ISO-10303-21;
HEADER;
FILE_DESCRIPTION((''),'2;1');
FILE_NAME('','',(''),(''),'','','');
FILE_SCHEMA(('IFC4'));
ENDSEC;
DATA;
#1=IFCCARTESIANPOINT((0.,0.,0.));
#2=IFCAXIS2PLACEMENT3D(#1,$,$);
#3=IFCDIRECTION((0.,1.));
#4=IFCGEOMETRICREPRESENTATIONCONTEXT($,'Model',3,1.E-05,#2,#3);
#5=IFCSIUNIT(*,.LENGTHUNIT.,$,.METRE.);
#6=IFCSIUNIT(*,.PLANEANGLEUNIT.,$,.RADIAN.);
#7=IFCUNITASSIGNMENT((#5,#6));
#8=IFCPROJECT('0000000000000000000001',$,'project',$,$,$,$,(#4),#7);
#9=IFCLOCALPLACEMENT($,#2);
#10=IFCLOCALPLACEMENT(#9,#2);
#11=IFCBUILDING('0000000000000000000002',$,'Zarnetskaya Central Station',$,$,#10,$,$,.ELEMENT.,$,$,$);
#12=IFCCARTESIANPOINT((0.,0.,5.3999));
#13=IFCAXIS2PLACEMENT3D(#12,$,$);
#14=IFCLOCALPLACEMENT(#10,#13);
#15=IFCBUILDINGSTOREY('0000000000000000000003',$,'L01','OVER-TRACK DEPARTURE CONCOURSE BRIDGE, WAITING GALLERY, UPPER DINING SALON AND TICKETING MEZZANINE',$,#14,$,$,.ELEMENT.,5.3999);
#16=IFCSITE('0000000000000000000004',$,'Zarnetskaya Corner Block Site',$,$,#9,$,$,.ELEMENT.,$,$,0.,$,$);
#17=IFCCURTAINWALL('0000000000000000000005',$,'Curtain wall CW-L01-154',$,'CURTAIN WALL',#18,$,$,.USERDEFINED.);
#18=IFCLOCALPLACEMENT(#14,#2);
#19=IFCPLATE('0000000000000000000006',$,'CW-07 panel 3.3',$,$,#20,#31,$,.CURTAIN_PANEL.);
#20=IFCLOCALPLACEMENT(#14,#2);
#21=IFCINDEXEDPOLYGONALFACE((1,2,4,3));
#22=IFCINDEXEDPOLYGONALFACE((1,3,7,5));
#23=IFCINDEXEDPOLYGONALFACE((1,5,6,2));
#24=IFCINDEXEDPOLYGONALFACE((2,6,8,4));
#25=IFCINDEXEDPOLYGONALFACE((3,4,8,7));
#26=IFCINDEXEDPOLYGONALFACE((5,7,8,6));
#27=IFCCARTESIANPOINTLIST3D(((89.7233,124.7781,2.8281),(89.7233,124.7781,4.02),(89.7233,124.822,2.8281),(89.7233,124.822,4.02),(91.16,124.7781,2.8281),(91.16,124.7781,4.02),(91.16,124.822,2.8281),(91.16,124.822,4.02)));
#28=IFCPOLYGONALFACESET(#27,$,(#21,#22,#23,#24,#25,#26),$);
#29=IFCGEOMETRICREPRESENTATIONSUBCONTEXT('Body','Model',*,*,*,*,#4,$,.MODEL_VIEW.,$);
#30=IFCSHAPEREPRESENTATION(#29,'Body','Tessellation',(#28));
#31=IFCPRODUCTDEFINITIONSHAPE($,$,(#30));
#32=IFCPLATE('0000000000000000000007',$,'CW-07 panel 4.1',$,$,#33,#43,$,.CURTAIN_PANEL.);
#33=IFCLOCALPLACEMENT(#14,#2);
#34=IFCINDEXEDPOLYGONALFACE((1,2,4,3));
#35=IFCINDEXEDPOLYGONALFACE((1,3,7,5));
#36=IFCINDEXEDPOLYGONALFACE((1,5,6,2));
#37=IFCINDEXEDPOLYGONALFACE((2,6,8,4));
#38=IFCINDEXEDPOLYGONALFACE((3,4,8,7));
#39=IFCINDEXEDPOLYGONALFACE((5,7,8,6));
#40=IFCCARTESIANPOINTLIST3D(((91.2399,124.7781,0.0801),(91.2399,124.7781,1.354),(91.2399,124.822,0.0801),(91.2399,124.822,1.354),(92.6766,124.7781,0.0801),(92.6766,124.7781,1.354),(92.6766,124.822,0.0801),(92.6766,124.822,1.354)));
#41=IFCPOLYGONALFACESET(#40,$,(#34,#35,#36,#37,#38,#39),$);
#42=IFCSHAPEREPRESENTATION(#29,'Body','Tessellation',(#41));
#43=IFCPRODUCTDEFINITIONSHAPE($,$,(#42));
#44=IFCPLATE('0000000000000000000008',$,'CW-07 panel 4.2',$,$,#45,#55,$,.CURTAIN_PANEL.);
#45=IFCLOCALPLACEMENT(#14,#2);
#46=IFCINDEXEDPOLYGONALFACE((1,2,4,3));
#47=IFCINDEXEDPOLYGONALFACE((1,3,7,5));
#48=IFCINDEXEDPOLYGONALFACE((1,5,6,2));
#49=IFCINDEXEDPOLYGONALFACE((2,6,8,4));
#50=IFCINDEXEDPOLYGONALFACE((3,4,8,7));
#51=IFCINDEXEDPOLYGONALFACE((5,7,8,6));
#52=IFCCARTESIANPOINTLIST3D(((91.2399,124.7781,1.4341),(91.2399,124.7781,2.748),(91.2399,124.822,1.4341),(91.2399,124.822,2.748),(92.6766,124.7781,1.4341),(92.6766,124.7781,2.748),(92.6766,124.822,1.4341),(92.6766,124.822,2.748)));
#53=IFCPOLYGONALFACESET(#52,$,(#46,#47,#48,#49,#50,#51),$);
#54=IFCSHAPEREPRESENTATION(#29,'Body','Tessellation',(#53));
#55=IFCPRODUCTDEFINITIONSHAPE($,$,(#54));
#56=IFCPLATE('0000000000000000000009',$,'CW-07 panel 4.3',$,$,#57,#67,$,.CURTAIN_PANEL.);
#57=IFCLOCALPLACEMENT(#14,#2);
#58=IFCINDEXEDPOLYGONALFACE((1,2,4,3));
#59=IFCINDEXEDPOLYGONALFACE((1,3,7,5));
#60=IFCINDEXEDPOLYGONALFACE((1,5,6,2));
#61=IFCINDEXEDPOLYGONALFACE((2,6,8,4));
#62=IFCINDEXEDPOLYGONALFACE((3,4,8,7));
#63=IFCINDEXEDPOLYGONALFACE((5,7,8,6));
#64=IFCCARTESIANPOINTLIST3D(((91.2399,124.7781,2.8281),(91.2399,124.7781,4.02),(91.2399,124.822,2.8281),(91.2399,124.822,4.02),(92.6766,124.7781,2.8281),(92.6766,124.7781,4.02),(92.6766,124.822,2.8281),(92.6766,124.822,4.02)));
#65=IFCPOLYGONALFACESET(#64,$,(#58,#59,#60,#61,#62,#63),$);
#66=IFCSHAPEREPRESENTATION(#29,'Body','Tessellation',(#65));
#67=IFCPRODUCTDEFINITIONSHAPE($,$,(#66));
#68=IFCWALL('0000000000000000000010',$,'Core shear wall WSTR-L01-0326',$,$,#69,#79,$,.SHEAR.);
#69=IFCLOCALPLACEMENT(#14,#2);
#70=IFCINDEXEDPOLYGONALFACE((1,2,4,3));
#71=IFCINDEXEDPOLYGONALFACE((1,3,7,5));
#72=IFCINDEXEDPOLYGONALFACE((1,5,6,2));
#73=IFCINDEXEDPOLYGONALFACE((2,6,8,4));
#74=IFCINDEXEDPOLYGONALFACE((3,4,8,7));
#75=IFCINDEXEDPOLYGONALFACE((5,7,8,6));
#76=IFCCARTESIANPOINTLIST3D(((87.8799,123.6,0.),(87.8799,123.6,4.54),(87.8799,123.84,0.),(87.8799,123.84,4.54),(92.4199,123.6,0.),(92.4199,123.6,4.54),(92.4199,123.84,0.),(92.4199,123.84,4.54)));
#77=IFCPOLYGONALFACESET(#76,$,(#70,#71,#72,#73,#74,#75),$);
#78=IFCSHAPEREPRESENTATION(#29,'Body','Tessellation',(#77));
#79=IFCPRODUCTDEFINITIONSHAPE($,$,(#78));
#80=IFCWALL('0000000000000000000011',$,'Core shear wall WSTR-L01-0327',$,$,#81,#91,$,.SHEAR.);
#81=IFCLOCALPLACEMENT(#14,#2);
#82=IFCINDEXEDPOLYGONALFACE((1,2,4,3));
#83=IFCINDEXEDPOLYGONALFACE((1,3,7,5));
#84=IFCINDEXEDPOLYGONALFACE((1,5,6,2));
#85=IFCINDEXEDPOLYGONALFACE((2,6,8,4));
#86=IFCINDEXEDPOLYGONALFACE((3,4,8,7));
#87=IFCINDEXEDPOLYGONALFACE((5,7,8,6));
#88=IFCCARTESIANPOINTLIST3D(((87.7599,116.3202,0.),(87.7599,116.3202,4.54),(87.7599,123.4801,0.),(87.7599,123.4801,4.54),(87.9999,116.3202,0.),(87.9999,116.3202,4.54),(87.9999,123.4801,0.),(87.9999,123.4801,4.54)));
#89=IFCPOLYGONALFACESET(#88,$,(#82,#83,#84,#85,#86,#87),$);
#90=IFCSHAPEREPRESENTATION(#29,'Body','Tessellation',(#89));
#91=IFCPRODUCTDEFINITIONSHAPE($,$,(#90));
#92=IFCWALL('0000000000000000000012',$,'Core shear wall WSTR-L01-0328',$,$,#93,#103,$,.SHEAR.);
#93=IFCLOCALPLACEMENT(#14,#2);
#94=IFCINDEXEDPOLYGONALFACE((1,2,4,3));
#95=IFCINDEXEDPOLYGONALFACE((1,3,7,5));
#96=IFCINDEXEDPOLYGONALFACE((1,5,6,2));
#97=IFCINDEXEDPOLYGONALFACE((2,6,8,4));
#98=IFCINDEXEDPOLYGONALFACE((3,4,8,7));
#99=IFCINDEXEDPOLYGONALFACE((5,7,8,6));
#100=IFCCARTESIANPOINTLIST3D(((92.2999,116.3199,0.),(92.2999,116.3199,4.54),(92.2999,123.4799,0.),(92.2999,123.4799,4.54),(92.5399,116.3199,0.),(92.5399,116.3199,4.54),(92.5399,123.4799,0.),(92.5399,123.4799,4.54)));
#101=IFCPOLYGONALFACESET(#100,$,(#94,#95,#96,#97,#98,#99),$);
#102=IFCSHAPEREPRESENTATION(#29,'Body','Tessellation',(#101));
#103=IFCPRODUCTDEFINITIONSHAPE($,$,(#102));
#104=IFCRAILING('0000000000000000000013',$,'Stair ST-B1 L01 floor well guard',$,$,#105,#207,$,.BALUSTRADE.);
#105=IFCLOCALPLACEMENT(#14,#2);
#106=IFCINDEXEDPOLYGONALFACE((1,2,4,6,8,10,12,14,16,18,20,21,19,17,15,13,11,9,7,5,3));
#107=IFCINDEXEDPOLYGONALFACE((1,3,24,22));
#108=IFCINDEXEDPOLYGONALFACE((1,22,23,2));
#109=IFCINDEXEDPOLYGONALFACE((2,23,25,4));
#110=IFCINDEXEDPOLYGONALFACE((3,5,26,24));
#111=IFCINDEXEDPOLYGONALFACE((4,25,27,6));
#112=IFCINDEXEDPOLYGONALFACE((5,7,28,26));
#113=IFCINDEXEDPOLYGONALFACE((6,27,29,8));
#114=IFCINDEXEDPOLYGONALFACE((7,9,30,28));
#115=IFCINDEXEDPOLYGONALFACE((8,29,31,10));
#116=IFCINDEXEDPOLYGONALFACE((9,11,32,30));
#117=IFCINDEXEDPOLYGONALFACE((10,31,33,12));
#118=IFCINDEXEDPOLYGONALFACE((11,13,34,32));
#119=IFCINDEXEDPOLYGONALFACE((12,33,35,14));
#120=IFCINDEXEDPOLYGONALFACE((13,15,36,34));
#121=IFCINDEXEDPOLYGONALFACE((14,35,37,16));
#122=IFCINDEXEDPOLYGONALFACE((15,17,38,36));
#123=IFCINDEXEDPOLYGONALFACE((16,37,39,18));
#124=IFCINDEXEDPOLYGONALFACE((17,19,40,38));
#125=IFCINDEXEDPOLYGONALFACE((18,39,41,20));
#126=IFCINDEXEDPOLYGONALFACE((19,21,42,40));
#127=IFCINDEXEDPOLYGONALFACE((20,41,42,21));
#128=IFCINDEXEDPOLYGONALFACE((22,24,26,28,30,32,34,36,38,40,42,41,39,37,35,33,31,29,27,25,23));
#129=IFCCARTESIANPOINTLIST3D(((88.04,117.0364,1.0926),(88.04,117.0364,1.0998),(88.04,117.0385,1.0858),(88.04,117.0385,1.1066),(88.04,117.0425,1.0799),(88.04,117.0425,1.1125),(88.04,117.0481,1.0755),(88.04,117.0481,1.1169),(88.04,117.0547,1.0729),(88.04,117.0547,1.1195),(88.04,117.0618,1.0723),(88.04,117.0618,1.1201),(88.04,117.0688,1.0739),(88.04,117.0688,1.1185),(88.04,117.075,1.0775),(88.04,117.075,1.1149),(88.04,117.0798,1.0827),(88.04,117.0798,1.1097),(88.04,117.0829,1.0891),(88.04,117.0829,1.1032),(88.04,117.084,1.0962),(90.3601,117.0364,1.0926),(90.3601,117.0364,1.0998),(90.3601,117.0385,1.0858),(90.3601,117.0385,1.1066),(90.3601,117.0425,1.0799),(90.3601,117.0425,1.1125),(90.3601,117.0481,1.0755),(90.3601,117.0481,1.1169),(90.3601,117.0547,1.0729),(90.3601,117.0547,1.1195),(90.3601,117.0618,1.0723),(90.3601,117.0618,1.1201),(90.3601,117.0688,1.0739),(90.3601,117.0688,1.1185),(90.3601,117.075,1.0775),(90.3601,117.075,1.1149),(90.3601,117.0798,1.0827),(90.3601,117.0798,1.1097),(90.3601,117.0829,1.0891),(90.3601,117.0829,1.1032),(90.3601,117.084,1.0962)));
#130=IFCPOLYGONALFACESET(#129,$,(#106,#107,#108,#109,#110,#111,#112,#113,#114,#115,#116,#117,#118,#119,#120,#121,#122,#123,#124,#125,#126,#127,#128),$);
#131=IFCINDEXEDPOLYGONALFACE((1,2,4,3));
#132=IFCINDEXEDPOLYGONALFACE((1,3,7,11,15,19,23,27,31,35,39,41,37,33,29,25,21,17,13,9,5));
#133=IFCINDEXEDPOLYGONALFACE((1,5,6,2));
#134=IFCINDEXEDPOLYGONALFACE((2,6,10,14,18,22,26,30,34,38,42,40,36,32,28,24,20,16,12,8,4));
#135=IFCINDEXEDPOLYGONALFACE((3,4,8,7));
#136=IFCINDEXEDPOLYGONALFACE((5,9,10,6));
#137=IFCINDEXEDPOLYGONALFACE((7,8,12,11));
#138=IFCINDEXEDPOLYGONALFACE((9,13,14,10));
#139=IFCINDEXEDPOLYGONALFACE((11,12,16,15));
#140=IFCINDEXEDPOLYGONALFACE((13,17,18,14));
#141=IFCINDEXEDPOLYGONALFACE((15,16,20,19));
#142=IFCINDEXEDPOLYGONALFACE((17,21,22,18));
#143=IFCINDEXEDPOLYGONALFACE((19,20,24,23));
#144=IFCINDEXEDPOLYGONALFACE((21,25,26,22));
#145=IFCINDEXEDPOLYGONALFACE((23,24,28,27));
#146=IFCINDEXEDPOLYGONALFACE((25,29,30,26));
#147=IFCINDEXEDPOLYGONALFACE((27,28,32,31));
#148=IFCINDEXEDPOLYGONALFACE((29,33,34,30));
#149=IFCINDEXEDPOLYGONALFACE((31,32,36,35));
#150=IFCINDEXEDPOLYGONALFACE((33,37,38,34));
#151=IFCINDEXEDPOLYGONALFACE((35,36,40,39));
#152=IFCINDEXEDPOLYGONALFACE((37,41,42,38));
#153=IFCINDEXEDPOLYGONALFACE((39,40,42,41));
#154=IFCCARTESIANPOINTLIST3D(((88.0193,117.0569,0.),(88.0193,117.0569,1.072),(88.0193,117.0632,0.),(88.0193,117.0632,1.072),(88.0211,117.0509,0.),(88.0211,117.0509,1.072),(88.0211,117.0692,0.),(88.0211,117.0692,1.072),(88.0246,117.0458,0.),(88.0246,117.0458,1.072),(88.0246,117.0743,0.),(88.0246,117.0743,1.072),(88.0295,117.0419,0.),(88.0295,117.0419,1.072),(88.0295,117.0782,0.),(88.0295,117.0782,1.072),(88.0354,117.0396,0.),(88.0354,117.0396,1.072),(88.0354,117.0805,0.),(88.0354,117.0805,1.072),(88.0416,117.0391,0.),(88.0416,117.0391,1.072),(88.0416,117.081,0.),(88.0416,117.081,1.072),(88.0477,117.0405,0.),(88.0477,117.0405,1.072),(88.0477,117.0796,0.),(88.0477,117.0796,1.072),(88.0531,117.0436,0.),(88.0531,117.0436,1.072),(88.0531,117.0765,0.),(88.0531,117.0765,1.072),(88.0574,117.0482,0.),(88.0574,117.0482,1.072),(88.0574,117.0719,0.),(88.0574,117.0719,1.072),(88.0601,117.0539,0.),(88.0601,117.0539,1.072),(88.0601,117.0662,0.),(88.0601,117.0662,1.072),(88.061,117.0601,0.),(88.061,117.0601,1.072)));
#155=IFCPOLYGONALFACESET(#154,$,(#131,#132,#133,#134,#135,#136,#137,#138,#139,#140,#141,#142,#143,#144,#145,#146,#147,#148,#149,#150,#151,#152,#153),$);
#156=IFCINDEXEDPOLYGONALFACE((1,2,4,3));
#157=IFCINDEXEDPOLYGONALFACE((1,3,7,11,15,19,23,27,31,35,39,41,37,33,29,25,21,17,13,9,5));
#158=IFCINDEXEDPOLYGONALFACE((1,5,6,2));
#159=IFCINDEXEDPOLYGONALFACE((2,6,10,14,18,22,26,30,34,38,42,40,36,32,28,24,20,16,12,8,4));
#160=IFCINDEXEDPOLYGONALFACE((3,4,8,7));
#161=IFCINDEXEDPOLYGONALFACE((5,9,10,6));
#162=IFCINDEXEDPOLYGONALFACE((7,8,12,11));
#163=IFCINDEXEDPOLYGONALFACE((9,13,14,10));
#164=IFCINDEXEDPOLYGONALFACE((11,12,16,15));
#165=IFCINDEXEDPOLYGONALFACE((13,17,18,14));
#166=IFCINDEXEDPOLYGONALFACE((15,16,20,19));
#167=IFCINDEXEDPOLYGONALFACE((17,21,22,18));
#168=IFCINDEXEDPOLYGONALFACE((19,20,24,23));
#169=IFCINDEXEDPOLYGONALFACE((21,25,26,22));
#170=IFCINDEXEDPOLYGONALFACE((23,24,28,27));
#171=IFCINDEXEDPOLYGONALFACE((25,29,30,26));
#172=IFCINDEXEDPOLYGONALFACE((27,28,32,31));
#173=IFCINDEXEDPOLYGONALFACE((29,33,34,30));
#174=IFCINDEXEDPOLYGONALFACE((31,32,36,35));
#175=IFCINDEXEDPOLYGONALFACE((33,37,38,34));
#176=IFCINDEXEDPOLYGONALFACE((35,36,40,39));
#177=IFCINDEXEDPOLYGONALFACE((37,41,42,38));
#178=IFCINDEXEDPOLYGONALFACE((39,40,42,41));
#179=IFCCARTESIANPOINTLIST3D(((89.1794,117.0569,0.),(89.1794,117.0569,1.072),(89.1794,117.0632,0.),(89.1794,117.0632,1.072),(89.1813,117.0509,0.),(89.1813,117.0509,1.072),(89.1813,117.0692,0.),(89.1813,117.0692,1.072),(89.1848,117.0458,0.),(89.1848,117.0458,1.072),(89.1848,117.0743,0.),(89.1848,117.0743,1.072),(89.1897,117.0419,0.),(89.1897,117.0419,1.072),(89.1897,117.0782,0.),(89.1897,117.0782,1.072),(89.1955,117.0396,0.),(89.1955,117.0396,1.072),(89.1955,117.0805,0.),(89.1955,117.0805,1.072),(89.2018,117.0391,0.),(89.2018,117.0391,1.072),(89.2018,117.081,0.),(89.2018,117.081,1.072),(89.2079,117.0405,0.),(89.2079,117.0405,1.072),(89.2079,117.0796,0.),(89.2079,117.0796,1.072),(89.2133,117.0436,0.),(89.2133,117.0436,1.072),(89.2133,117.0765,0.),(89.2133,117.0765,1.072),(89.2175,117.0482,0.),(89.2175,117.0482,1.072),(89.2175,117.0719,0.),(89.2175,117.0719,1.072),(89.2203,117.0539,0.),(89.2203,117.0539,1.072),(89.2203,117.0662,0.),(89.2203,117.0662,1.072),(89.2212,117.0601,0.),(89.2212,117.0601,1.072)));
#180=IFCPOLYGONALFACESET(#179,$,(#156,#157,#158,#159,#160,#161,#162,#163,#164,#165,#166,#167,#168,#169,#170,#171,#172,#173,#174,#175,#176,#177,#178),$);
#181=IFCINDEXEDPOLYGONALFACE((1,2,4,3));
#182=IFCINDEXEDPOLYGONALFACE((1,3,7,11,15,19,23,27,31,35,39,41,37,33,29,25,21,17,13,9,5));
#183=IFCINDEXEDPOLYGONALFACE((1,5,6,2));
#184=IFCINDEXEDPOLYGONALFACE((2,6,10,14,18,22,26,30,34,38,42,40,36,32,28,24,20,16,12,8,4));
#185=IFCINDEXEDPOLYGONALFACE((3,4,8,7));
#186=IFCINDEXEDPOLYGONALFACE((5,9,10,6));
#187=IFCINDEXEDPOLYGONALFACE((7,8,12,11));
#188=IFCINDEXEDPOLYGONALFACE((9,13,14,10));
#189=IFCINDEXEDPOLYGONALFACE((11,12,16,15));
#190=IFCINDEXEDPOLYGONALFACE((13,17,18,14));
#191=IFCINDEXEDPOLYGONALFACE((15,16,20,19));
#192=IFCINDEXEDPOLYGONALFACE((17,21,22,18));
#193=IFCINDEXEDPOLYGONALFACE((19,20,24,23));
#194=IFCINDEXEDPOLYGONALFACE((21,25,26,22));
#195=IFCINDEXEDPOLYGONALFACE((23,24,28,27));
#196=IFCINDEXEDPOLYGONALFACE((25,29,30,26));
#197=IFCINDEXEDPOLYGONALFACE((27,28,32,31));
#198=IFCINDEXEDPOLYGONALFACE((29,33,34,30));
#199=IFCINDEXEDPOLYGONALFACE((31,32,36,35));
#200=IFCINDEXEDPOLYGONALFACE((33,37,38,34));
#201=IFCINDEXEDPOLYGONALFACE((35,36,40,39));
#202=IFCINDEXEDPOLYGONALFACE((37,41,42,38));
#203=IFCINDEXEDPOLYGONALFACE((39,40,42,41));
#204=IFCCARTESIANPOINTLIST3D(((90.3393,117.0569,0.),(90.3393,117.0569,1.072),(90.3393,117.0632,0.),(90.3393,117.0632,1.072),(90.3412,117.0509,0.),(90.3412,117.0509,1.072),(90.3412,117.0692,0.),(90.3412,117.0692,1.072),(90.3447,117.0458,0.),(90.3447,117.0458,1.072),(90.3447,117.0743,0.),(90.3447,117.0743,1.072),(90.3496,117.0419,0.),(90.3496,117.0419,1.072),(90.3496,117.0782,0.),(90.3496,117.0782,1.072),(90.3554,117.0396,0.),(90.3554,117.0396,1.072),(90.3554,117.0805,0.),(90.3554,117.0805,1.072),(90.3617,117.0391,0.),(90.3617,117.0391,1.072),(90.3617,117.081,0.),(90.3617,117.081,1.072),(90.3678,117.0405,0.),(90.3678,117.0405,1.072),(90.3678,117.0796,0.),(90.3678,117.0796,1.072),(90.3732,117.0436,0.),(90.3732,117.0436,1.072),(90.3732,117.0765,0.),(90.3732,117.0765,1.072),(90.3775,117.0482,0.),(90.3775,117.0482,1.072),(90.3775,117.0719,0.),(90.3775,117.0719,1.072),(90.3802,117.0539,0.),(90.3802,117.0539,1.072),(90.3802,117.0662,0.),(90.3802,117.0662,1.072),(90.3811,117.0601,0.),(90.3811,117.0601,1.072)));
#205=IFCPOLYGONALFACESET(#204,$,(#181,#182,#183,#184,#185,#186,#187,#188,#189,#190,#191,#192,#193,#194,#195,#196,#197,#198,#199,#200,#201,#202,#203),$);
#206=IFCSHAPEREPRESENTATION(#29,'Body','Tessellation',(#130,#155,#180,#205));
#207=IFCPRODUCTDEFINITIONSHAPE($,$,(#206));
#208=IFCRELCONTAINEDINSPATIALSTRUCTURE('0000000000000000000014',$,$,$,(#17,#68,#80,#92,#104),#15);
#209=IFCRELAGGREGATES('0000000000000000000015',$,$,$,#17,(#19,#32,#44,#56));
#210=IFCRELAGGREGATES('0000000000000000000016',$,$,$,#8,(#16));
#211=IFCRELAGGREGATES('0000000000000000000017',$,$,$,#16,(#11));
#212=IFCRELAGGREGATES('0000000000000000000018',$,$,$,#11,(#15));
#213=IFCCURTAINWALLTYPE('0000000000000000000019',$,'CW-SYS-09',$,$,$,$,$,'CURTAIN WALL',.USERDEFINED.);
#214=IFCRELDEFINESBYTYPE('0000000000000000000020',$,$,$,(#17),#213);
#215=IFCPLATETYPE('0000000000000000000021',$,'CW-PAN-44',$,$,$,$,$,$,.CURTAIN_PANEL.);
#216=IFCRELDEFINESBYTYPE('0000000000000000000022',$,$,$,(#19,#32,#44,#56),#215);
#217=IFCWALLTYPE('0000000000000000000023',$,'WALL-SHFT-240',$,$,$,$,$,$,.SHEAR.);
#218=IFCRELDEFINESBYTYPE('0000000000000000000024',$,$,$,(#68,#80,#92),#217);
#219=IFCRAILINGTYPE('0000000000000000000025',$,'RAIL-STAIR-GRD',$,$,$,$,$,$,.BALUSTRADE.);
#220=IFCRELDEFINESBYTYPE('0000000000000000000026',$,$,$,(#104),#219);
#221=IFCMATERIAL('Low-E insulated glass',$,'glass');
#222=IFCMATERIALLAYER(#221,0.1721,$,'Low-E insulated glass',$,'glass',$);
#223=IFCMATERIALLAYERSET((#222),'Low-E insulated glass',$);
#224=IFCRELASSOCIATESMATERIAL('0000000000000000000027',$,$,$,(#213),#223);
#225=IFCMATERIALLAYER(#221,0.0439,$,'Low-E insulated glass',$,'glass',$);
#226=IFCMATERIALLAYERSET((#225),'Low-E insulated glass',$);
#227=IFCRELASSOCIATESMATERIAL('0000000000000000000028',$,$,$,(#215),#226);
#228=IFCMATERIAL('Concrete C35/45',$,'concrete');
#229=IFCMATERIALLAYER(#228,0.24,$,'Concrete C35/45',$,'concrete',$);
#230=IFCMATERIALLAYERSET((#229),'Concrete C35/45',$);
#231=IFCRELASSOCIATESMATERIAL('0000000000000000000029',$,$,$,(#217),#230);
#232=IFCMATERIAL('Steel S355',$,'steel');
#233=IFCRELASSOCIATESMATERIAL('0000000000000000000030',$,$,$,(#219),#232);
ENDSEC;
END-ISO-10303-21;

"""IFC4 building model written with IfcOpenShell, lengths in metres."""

from ifc_helpers import new_model, si_unit, direction, frame, frame_2d, origin, origin_2d, place, context, subcontext, project, spatial, rectangle, circle, extrude, material, layer, layer_set, type_object, element, aggregate, save


model = new_model("IFC4")

# Units and contexts
model_context = context("Model", 3, precision=1e-05, world=origin(), true_north=direction((0.0, 1.0)))
body_context = subcontext(model_context, "Body", "Model", "MODEL_VIEW")
ifc_project = project(units=[si_unit("LENGTHUNIT", "METRE"), si_unit("PLANEANGLEUNIT", "RADIAN")], contexts=[model_context])

# Site, building, storey
site_placement = place(None, origin())
site = spatial("IfcSite", under=ifc_project, at=site_placement, Name="Zarnetskaya Corner Block Site", CompositionType="ELEMENT", RefElevation=0.0)
building_placement = place(site_placement, origin())
building = spatial("IfcBuilding", under=site, at=building_placement, Name="Zarnetskaya Central Station", CompositionType="ELEMENT")
storey_placement = place(building_placement, frame((0.0, 0.0, 5.3999)))
storey = spatial("IfcBuildingStorey", under=building, at=storey_placement, Name="L01", Description="OVER-TRACK DEPARTURE CONCOURSE BRIDGE, WAITING GALLERY, UPPER DINING SALON AND TICKETING MEZZANINE", CompositionType="ELEMENT", Elevation=5.3999)

# Shared definitions
ifc_material_1 = material(Name="Steel S355", Category="steel")

# Curtain wall
ifc_material_2 = material(Name="Low-E insulated glass", Category="glass")
ifc_layer_1 = layer(ifc_material_2, 0.1721, Name="Low-E insulated glass", Category="glass")
ifc_layer_set_1 = layer_set([ifc_layer_1], Name="Low-E insulated glass")
curtain_wall_type = type_object("IfcCurtainWallType", Name="CW-SYS-09", ElementType="CURTAIN WALL", PredefinedType="USERDEFINED", material=ifc_layer_set_1)
curtain_wall_placement = place(storey_placement, origin())
curtain_wall = element("IfcCurtainWall", 1, at=curtain_wall_placement, inside=storey, type_object=curtain_wall_type, Name="Curtain wall CW-L01-154", ObjectType="CURTAIN WALL", PredefinedType="USERDEFINED")

# Plates
ifc_layer_2 = layer(ifc_material_2, 0.0439, Name="Low-E insulated glass", Category="glass")
ifc_layer_set_2 = layer_set([ifc_layer_2], Name="Low-E insulated glass")
plate_type = type_object("IfcPlateType", Name="CW-PAN-44", PredefinedType="CURTAIN_PANEL", material=ifc_layer_set_2)
plate_1_placement = place(storey_placement, frame((90.4417, 124.8, 2.8281), z_axis=(0.0, 0.0, 1.0), x_axis=(1.0, 0.0, 0.0)))
plate_1 = element("IfcPlate", 2, at=plate_1_placement, type_object=plate_type, Name="CW-07 panel 3.3", PredefinedType="CURTAIN_PANEL", context=body_context, shape_type="SweptSolid", body=[
    extrude(rectangle(XDim=1.4368, YDim=0.0439, at=origin_2d()), origin(), (0.0, 0.0, 1.0), 1.1919),
])
plate_2_placement = place(storey_placement, frame((91.9583, 124.8, 0.0801), z_axis=(0.0, 0.0, 1.0), x_axis=(1.0, 0.0, 0.0)))
plate_2 = element("IfcPlate", 3, at=plate_2_placement, type_object=plate_type, Name="CW-07 panel 4.1", PredefinedType="CURTAIN_PANEL", context=body_context, shape_type="SweptSolid", body=[
    extrude(rectangle(XDim=1.4368, YDim=0.0439, at=origin_2d()), origin(), (0.0, 0.0, 1.0), 1.2739),
])
plate_3_placement = place(storey_placement, frame((91.9583, 124.8, 1.4341), z_axis=(0.0, 0.0, 1.0), x_axis=(1.0, 0.0, 0.0)))
plate_3 = element("IfcPlate", 4, at=plate_3_placement, type_object=plate_type, Name="CW-07 panel 4.2", PredefinedType="CURTAIN_PANEL", context=body_context, shape_type="SweptSolid", body=[
    extrude(rectangle(XDim=1.4368, YDim=0.0439, at=origin_2d()), origin(), (0.0, 0.0, 1.0), 1.314),
])
plate_4_placement = place(storey_placement, frame((91.9583, 124.8, 2.8281), z_axis=(0.0, 0.0, 1.0), x_axis=(1.0, 0.0, 0.0)))
plate_4 = element("IfcPlate", 5, at=plate_4_placement, type_object=plate_type, Name="CW-07 panel 4.3", PredefinedType="CURTAIN_PANEL", context=body_context, shape_type="SweptSolid", body=[
    extrude(rectangle(XDim=1.4368, YDim=0.0439, at=origin_2d()), origin(), (0.0, 0.0, 1.0), 1.1919),
])
aggregate(curtain_wall, [plate_1, plate_2, plate_3, plate_4])

# Shared definitions
ifc_material_3 = material(Name="Concrete C35/45", Category="concrete")
ifc_layer_3 = layer(ifc_material_3, 0.24, Name="Concrete C35/45", Category="concrete")
ifc_layer_set_3 = layer_set([ifc_layer_3], Name="Concrete C35/45")
wall_type = type_object("IfcWallType", Name="WALL-SHFT-240", PredefinedType="SHEAR", material=ifc_layer_set_3)

# Walls
wall_1_placement = place(storey_placement, frame((87.8799, 123.72, 0.0), z_axis=(0.0, 0.0, 1.0), x_axis=(1.0, 0.0, 0.0)))
element("IfcWall", 6, at=wall_1_placement, inside=storey, type_object=wall_type, Name="Core shear wall WSTR-L01-0326", PredefinedType="SHEAR", context=body_context, shape_type="SweptSolid", body=[
    extrude(rectangle(XDim=4.54, YDim=0.24, at=frame_2d((2.27, 0.0))), origin(), (0.0, 0.0, 1.0), 4.54),
])
for number, where, z_axis, x_axis, name in (
    (7, (87.8799, 116.3201, 0.0), (0.0, 0.0, 1.0), (0.0, 1.0, 0.0), "Core shear wall WSTR-L01-0327"),
    (8, (92.4199, 123.48, 0.0), (0.0, 0.0, 1.0), (0.0, -1.0, 0.0), "Core shear wall WSTR-L01-0328"),
):
    element("IfcWall", number, at=place(storey_placement, frame(where, z_axis=z_axis, x_axis=x_axis)), inside=storey, type_object=wall_type, Name=name, PredefinedType="SHEAR", context=body_context, shape_type="SweptSolid", body=[
        extrude(rectangle(XDim=7.1599, YDim=0.24, at=frame_2d((3.5801, 0.0))), origin(), (0.0, 0.0, 1.0), 4.54),
    ])

# Railing
railing_type = type_object("IfcRailingType", Name="RAIL-STAIR-GRD", PredefinedType="BALUSTRADE", material=ifc_material_1)
railing_placement = place(storey_placement, frame((88.04, 117.0601, 0.0)))
element("IfcRailing", 9, at=railing_placement, inside=storey, type_object=railing_type, Name="Stair ST-B1 L01 floor well guard", PredefinedType="BALUSTRADE", context=body_context, shape_type="SweptSolid", body=[
    extrude(circle(Radius=0.0239, at=origin_2d()), frame((0.0, 0.0, 1.0962), z_axis=(1.0, 0.0, 0.0), x_axis=(0.0, 1.0, 0.0)), (0.0, 0.0, 1.0), 2.3201),
    extrude(circle(Radius=0.021, at=origin_2d()), origin(), (0.0, 0.0, 1.0), 1.072),
    extrude(circle(Radius=0.021, at=origin_2d()), frame((1.1602, 0.0, 0.0)), (0.0, 0.0, 1.0), 1.072),
    extrude(circle(Radius=0.021, at=origin_2d()), frame((2.3201, 0.0, 0.0)), (0.0, 0.0, 1.0), 1.072),
])

save(model, "model.ifc")
